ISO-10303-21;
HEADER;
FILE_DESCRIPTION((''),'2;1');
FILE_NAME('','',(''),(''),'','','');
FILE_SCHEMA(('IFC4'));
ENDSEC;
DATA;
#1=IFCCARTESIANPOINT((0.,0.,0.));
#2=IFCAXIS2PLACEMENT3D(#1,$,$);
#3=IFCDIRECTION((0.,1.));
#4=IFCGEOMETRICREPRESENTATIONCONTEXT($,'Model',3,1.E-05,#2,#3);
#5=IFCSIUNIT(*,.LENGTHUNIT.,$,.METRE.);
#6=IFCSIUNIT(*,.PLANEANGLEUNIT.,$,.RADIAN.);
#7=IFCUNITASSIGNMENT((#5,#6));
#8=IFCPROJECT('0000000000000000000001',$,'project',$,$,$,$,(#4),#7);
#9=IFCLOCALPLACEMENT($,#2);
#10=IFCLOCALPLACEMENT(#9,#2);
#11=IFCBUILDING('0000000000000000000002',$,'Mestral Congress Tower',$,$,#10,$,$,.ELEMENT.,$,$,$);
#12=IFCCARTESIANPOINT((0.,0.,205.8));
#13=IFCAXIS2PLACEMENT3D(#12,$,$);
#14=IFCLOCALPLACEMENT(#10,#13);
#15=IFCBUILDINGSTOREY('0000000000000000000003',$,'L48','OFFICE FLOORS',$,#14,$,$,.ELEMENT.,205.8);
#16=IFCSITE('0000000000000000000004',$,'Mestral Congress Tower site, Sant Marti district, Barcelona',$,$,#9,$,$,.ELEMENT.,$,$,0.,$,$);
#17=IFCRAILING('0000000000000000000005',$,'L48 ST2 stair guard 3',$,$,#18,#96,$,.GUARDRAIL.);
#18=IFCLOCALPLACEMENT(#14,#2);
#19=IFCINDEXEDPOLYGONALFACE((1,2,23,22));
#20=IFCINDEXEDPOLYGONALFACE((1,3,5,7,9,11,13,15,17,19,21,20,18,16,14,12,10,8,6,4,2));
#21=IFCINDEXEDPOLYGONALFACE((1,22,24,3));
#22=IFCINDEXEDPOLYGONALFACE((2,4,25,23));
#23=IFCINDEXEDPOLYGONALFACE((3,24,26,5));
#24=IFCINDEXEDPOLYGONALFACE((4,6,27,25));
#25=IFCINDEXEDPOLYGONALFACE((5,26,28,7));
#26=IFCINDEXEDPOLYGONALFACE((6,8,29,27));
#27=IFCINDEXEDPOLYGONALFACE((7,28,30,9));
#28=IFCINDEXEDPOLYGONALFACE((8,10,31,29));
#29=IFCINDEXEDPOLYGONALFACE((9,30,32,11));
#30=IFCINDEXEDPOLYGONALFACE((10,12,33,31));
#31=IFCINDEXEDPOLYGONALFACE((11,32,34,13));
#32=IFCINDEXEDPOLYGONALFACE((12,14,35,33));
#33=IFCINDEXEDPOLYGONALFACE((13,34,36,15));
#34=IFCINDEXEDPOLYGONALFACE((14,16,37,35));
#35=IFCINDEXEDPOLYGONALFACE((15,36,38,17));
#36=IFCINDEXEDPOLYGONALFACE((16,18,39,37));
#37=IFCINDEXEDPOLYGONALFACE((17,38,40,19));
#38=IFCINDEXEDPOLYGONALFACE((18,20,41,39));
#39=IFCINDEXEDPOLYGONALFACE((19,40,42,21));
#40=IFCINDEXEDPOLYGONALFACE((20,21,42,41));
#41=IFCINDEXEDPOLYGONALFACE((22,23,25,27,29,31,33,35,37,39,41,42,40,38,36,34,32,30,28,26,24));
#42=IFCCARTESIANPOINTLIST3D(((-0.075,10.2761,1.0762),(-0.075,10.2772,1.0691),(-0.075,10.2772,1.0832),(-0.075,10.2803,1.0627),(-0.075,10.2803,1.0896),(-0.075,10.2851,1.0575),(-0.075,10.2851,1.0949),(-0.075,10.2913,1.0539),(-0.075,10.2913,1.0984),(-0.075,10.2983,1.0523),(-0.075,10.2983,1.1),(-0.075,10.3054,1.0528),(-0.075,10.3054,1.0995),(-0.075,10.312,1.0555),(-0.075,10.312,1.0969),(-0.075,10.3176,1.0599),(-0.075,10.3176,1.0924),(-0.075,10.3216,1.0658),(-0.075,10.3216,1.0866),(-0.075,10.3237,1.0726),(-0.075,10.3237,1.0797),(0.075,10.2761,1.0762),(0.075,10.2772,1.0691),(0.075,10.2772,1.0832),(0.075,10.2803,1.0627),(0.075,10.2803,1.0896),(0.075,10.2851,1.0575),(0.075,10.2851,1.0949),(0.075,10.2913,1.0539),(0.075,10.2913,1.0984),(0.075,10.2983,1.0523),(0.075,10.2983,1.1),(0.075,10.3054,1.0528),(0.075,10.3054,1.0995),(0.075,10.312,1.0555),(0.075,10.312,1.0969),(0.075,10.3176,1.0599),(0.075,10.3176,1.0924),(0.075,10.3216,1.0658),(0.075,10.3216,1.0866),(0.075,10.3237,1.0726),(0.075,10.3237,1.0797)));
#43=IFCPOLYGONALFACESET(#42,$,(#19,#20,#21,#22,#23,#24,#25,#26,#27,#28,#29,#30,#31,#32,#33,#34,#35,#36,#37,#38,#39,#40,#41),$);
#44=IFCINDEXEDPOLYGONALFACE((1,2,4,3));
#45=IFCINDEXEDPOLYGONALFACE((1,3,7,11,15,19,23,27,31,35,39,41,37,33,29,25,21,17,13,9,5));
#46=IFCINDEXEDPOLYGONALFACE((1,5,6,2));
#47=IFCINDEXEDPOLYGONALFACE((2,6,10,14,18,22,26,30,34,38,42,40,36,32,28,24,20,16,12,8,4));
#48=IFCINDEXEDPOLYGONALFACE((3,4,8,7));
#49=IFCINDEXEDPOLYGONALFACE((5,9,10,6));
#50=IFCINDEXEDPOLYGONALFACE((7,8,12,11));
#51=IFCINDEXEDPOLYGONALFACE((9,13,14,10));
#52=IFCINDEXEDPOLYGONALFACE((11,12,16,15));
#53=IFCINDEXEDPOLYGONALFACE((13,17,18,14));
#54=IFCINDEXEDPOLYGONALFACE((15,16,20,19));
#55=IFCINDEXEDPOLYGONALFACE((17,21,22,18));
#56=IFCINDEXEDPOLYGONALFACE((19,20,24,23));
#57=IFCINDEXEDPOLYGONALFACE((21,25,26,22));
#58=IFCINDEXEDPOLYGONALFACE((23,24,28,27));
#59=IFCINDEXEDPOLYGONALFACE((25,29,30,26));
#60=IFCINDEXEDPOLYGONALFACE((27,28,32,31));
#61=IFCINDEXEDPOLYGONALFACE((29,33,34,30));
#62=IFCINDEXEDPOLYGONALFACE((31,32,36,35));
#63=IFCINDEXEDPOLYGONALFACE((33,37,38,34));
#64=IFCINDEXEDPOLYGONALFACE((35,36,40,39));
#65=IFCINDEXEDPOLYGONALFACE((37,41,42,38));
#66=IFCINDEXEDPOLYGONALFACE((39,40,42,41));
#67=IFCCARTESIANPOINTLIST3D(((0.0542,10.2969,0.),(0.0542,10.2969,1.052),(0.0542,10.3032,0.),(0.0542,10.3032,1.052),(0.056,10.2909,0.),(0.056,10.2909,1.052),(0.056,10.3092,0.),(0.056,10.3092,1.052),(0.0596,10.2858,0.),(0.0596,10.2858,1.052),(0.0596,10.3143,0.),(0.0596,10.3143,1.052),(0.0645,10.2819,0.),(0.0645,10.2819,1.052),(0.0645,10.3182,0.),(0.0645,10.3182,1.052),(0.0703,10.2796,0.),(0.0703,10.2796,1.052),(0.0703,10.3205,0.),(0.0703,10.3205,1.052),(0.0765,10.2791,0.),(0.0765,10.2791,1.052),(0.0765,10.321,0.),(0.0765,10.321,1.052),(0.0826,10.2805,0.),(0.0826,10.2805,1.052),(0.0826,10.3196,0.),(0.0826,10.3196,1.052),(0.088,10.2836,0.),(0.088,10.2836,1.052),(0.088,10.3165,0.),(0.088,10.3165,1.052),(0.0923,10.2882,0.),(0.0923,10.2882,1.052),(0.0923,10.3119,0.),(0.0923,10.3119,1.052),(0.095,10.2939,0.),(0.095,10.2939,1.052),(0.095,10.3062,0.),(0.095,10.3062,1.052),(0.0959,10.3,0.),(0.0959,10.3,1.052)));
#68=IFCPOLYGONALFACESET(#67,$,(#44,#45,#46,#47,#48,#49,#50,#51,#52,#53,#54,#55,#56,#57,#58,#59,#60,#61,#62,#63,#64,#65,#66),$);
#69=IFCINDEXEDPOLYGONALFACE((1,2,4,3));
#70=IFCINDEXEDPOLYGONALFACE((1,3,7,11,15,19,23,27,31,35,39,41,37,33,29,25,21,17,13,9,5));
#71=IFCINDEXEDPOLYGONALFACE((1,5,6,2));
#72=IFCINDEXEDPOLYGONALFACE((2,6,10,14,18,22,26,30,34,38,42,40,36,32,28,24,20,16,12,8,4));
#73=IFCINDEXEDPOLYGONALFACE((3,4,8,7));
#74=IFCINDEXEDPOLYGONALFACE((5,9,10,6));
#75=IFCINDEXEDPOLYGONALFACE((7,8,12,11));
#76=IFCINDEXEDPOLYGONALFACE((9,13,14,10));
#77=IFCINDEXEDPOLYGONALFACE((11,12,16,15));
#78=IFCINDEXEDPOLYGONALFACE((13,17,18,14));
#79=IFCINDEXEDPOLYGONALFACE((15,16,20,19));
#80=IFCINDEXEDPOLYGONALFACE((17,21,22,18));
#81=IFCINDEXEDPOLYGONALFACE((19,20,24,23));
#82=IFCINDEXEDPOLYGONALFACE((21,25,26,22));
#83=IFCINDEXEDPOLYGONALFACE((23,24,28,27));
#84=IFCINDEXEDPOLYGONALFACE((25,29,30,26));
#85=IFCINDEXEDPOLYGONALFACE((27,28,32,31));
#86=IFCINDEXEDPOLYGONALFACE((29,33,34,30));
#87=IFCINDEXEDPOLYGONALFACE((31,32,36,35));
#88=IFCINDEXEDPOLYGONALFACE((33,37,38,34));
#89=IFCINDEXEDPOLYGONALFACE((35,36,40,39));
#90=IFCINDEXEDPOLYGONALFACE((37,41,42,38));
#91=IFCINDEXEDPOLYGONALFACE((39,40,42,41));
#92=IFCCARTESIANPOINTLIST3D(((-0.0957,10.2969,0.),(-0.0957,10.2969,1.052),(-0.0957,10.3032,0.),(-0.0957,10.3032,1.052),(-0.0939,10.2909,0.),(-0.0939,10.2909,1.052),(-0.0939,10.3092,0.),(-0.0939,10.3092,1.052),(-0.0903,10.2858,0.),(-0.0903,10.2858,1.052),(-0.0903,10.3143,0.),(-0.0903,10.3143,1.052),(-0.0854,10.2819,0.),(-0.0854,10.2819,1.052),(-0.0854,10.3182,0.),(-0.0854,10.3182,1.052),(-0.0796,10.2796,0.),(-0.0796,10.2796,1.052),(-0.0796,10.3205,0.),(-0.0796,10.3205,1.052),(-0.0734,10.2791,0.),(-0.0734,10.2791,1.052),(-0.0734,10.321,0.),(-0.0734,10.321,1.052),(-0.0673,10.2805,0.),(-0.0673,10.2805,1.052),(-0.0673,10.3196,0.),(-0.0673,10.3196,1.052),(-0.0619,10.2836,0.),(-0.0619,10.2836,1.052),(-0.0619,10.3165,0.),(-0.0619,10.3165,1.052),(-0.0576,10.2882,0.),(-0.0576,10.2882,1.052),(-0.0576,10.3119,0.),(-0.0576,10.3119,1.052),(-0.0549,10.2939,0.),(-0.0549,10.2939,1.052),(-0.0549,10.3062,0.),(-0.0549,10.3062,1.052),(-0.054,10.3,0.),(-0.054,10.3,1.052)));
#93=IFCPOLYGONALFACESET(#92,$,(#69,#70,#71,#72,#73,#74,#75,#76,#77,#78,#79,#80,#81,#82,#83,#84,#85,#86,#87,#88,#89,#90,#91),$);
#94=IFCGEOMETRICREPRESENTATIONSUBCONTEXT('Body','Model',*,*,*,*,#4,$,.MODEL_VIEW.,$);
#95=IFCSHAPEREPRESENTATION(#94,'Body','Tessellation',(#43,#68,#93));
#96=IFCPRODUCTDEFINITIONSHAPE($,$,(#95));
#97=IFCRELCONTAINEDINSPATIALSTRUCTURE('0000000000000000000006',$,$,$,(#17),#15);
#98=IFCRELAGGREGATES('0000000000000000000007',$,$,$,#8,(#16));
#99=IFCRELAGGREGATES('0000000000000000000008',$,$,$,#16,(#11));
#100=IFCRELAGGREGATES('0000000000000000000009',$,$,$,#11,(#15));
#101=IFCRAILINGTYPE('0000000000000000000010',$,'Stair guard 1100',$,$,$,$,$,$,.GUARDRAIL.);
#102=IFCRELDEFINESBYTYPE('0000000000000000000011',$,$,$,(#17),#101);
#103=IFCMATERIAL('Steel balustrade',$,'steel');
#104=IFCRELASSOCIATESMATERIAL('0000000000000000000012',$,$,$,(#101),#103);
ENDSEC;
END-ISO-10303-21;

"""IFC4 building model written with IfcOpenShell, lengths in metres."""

from ifc_helpers import new_model, si_unit, direction, frame, origin, origin_2d, place, context, subcontext, project, spatial, circle, extrude, material, type_object, element, save


model = new_model("IFC4")

# Units and contexts
model_context = context("Model", 3, precision=1e-05, world=origin(), true_north=direction((0.0, 1.0)))
body_context = subcontext(model_context, "Body", "Model", "MODEL_VIEW")
ifc_project = project(units=[si_unit("LENGTHUNIT", "METRE"), si_unit("PLANEANGLEUNIT", "RADIAN")], contexts=[model_context])

# Site, building, storey
site_placement = place(None, origin())
site = spatial("IfcSite", under=ifc_project, at=site_placement, Name="Mestral Congress Tower site, Sant Marti district, Barcelona", CompositionType="ELEMENT", RefElevation=0.0)
building_placement = place(site_placement, origin())
building = spatial("IfcBuilding", under=site, at=building_placement, Name="Mestral Congress Tower", CompositionType="ELEMENT")
storey_placement = place(building_placement, frame((0.0, 0.0, 205.8)))
storey = spatial("IfcBuildingStorey", under=building, at=storey_placement, Name="L48", Description="OFFICE FLOORS", CompositionType="ELEMENT", Elevation=205.8)

# Railing
ifc_material_1 = material(Name="Steel balustrade", Category="steel")
railing_type_1 = type_object("IfcRailingType", Name="Stair guard 1100", PredefinedType="GUARDRAIL", material=ifc_material_1)
railing_1_placement = place(storey_placement, frame((0.075, 10.3, 0.0)))
element("IfcRailing", 1, at=railing_1_placement, inside=storey, type_object=railing_type_1, Name="L48 ST2 stair guard 3", PredefinedType="GUARDRAIL", context=body_context, shape_type="SweptSolid", body=[
    extrude(circle(Radius=0.0239, at=origin_2d()), frame((0.0, 0.0, 1.0762), z_axis=(-1.0, 0.0, 0.0), x_axis=(0.0, -1.0, 0.0)), (0.0, 0.0, 1.0), 0.1499),
    extrude(circle(Radius=0.021, at=origin_2d()), origin(), (0.0, 0.0, 1.0), 1.052),
    extrude(circle(Radius=0.021, at=origin_2d()), frame((-0.1499, 0.0, 0.0)), (0.0, 0.0, 1.0), 1.052),
])

save(model, "model.ifc")
